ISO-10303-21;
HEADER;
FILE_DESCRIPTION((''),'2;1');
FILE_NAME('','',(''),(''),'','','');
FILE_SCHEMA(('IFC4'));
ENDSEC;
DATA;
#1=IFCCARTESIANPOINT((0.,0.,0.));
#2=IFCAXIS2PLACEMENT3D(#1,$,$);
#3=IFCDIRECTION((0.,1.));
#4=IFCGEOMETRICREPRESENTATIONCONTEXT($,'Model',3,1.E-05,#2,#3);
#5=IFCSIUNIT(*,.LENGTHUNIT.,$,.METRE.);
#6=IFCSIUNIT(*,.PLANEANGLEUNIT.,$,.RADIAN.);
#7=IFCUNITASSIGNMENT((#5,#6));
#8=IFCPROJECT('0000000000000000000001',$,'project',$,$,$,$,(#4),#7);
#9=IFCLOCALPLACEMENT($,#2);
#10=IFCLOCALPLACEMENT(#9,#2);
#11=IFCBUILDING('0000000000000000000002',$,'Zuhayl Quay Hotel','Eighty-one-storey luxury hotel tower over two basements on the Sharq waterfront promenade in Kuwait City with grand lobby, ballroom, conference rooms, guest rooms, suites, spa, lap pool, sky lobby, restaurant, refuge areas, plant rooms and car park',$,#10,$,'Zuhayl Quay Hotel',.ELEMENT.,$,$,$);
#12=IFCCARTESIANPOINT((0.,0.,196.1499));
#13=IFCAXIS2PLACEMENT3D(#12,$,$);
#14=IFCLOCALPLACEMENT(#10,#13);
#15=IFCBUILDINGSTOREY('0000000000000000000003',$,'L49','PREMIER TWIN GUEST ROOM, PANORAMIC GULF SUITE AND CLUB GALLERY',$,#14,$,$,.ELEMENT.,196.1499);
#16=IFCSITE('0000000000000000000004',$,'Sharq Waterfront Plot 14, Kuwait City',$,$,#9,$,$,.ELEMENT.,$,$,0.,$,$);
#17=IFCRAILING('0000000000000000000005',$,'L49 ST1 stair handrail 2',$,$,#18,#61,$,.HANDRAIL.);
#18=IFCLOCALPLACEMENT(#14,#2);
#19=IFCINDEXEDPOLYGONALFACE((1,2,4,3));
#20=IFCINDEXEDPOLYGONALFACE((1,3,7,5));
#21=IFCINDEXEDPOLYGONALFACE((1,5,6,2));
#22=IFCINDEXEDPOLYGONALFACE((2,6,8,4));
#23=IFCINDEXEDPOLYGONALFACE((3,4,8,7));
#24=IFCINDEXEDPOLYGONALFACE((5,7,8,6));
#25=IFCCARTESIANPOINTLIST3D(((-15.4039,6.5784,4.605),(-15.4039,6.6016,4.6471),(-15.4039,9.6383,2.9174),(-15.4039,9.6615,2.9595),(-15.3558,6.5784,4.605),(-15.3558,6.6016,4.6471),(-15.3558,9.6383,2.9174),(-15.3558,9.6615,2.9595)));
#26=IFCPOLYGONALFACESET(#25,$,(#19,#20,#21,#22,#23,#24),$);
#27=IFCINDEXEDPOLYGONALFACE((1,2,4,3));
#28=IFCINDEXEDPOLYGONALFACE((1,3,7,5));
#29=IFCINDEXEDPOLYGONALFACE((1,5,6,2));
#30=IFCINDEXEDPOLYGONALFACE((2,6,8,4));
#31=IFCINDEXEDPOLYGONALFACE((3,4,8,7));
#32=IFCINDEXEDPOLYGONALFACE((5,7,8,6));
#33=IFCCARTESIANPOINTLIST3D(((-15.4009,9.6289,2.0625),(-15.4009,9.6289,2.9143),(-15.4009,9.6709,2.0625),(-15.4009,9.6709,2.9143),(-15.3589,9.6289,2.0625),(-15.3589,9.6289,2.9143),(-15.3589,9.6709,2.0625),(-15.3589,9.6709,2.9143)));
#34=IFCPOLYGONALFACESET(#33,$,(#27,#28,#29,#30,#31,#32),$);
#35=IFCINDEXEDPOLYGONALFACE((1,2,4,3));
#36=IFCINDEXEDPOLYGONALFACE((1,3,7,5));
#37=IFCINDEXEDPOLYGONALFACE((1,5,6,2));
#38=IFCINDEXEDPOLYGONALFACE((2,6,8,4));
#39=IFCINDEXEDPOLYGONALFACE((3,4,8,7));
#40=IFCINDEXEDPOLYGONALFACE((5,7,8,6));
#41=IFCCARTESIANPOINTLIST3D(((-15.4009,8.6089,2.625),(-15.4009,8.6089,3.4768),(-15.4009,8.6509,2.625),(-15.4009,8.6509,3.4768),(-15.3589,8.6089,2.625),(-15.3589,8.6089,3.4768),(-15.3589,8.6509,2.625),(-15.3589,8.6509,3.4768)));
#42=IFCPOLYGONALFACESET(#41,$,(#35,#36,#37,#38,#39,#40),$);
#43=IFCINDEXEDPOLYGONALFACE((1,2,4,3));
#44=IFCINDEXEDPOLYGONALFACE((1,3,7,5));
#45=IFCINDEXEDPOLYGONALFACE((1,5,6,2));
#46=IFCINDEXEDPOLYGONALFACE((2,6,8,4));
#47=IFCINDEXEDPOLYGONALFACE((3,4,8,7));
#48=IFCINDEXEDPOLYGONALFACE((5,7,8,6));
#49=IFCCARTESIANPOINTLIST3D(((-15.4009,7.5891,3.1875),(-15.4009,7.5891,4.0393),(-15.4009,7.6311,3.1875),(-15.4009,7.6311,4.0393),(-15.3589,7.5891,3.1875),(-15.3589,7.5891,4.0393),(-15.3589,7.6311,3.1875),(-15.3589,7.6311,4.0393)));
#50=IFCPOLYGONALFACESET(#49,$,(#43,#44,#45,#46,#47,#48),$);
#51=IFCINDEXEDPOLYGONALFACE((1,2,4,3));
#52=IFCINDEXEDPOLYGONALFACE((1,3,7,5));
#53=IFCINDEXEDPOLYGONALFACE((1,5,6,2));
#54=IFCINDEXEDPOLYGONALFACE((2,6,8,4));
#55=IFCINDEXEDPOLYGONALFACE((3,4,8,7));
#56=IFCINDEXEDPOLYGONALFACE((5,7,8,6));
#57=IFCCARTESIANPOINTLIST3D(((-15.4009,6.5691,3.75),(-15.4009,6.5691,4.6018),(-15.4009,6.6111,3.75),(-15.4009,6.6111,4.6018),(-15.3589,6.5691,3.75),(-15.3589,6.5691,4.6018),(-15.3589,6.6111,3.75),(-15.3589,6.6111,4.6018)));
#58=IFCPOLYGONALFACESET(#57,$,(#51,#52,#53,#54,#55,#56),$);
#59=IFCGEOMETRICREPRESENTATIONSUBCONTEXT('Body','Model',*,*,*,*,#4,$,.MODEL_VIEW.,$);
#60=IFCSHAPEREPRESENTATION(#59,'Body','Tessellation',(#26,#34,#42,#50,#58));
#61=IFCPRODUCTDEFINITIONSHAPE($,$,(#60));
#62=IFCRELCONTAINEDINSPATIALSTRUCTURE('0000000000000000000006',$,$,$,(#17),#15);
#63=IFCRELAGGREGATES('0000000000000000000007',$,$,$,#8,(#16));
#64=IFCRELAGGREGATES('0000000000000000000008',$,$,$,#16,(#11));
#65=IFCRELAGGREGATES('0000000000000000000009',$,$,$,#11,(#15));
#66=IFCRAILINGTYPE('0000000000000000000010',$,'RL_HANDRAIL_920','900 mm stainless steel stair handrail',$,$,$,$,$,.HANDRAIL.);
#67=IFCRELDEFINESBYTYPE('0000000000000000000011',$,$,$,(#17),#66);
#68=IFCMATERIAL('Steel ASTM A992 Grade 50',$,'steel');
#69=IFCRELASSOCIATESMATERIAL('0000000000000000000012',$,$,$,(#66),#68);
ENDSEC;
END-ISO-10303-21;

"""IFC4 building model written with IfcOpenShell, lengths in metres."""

from ifc_helpers import new_model, si_unit, direction, frame, origin, origin_2d, place, context, subcontext, project, spatial, rectangle, extrude, material, type_object, element, save


model = new_model("IFC4")

# Units and contexts
model_context = context("Model", 3, precision=1e-05, world=origin(), true_north=direction((0.0, 1.0)))
body_context = subcontext(model_context, "Body", "Model", "MODEL_VIEW")
ifc_project = project(units=[si_unit("LENGTHUNIT", "METRE"), si_unit("PLANEANGLEUNIT", "RADIAN")], contexts=[model_context])

# Site, building, storey
site_placement = place(None, origin())
site = spatial("IfcSite", under=ifc_project, at=site_placement, Name="Sharq Waterfront Plot 14, Kuwait City", CompositionType="ELEMENT", RefElevation=0.0)
building_placement = place(site_placement, origin())
building = spatial("IfcBuilding", under=site, at=building_placement, Name="Zuhayl Quay Hotel", Description="Eighty-one-storey luxury hotel tower over two basements on the Sharq waterfront promenade in Kuwait City with grand lobby, ballroom, conference rooms, guest rooms, suites, spa, lap pool, sky lobby, restaurant, refuge areas, plant rooms and car park", LongName="Zuhayl Quay Hotel", CompositionType="ELEMENT")
storey_placement = place(building_placement, frame((0.0, 0.0, 196.1499)))
storey = spatial("IfcBuildingStorey", under=building, at=storey_placement, Name="L49", Description="PREMIER TWIN GUEST ROOM, PANORAMIC GULF SUITE AND CLUB GALLERY", CompositionType="ELEMENT", Elevation=196.1499)

# Railing
ifc_material_1 = material(Name="Steel ASTM A992 Grade 50", Category="steel")
railing_type_1 = type_object("IfcRailingType", Name="RL_HANDRAIL_920", Description="900 mm stainless steel stair handrail", PredefinedType="HANDRAIL", material=ifc_material_1)
railing_1_placement = place(storey_placement, frame((-15.3799, 9.6499, 2.0625)))
element("IfcRailing", 1, at=railing_1_placement, inside=storey, type_object=railing_type_1, Name="L49 ST1 stair handrail 2", PredefinedType="HANDRAIL", context=body_context, shape_type="SweptSolid", body=[
    extrude(rectangle(XDim=0.0481, YDim=0.0481, at=origin_2d()), frame((0.0, 0.0, 0.876), z_axis=(0.0, -0.875659, 0.48293), x_axis=(1.0, 0.0, 0.0)), (0.0, 0.0, 1.0), 3.4944),
    extrude(rectangle(XDim=0.042, YDim=0.042, at=origin_2d()), origin(), (0.0, 0.0, 1.0), 0.8518),
    extrude(rectangle(XDim=0.042, YDim=0.042, at=origin_2d()), frame((0.0, -1.02, 0.5625)), (0.0, 0.0, 1.0), 0.8518),
    extrude(rectangle(XDim=0.042, YDim=0.042, at=origin_2d()), frame((0.0, -2.0398, 1.125)), (0.0, 0.0, 1.0), 0.8518),
    extrude(rectangle(XDim=0.042, YDim=0.042, at=origin_2d()), frame((0.0, -3.0598, 1.6875)), (0.0, 0.0, 1.0), 0.8518),
])

save(model, "model.ifc")
